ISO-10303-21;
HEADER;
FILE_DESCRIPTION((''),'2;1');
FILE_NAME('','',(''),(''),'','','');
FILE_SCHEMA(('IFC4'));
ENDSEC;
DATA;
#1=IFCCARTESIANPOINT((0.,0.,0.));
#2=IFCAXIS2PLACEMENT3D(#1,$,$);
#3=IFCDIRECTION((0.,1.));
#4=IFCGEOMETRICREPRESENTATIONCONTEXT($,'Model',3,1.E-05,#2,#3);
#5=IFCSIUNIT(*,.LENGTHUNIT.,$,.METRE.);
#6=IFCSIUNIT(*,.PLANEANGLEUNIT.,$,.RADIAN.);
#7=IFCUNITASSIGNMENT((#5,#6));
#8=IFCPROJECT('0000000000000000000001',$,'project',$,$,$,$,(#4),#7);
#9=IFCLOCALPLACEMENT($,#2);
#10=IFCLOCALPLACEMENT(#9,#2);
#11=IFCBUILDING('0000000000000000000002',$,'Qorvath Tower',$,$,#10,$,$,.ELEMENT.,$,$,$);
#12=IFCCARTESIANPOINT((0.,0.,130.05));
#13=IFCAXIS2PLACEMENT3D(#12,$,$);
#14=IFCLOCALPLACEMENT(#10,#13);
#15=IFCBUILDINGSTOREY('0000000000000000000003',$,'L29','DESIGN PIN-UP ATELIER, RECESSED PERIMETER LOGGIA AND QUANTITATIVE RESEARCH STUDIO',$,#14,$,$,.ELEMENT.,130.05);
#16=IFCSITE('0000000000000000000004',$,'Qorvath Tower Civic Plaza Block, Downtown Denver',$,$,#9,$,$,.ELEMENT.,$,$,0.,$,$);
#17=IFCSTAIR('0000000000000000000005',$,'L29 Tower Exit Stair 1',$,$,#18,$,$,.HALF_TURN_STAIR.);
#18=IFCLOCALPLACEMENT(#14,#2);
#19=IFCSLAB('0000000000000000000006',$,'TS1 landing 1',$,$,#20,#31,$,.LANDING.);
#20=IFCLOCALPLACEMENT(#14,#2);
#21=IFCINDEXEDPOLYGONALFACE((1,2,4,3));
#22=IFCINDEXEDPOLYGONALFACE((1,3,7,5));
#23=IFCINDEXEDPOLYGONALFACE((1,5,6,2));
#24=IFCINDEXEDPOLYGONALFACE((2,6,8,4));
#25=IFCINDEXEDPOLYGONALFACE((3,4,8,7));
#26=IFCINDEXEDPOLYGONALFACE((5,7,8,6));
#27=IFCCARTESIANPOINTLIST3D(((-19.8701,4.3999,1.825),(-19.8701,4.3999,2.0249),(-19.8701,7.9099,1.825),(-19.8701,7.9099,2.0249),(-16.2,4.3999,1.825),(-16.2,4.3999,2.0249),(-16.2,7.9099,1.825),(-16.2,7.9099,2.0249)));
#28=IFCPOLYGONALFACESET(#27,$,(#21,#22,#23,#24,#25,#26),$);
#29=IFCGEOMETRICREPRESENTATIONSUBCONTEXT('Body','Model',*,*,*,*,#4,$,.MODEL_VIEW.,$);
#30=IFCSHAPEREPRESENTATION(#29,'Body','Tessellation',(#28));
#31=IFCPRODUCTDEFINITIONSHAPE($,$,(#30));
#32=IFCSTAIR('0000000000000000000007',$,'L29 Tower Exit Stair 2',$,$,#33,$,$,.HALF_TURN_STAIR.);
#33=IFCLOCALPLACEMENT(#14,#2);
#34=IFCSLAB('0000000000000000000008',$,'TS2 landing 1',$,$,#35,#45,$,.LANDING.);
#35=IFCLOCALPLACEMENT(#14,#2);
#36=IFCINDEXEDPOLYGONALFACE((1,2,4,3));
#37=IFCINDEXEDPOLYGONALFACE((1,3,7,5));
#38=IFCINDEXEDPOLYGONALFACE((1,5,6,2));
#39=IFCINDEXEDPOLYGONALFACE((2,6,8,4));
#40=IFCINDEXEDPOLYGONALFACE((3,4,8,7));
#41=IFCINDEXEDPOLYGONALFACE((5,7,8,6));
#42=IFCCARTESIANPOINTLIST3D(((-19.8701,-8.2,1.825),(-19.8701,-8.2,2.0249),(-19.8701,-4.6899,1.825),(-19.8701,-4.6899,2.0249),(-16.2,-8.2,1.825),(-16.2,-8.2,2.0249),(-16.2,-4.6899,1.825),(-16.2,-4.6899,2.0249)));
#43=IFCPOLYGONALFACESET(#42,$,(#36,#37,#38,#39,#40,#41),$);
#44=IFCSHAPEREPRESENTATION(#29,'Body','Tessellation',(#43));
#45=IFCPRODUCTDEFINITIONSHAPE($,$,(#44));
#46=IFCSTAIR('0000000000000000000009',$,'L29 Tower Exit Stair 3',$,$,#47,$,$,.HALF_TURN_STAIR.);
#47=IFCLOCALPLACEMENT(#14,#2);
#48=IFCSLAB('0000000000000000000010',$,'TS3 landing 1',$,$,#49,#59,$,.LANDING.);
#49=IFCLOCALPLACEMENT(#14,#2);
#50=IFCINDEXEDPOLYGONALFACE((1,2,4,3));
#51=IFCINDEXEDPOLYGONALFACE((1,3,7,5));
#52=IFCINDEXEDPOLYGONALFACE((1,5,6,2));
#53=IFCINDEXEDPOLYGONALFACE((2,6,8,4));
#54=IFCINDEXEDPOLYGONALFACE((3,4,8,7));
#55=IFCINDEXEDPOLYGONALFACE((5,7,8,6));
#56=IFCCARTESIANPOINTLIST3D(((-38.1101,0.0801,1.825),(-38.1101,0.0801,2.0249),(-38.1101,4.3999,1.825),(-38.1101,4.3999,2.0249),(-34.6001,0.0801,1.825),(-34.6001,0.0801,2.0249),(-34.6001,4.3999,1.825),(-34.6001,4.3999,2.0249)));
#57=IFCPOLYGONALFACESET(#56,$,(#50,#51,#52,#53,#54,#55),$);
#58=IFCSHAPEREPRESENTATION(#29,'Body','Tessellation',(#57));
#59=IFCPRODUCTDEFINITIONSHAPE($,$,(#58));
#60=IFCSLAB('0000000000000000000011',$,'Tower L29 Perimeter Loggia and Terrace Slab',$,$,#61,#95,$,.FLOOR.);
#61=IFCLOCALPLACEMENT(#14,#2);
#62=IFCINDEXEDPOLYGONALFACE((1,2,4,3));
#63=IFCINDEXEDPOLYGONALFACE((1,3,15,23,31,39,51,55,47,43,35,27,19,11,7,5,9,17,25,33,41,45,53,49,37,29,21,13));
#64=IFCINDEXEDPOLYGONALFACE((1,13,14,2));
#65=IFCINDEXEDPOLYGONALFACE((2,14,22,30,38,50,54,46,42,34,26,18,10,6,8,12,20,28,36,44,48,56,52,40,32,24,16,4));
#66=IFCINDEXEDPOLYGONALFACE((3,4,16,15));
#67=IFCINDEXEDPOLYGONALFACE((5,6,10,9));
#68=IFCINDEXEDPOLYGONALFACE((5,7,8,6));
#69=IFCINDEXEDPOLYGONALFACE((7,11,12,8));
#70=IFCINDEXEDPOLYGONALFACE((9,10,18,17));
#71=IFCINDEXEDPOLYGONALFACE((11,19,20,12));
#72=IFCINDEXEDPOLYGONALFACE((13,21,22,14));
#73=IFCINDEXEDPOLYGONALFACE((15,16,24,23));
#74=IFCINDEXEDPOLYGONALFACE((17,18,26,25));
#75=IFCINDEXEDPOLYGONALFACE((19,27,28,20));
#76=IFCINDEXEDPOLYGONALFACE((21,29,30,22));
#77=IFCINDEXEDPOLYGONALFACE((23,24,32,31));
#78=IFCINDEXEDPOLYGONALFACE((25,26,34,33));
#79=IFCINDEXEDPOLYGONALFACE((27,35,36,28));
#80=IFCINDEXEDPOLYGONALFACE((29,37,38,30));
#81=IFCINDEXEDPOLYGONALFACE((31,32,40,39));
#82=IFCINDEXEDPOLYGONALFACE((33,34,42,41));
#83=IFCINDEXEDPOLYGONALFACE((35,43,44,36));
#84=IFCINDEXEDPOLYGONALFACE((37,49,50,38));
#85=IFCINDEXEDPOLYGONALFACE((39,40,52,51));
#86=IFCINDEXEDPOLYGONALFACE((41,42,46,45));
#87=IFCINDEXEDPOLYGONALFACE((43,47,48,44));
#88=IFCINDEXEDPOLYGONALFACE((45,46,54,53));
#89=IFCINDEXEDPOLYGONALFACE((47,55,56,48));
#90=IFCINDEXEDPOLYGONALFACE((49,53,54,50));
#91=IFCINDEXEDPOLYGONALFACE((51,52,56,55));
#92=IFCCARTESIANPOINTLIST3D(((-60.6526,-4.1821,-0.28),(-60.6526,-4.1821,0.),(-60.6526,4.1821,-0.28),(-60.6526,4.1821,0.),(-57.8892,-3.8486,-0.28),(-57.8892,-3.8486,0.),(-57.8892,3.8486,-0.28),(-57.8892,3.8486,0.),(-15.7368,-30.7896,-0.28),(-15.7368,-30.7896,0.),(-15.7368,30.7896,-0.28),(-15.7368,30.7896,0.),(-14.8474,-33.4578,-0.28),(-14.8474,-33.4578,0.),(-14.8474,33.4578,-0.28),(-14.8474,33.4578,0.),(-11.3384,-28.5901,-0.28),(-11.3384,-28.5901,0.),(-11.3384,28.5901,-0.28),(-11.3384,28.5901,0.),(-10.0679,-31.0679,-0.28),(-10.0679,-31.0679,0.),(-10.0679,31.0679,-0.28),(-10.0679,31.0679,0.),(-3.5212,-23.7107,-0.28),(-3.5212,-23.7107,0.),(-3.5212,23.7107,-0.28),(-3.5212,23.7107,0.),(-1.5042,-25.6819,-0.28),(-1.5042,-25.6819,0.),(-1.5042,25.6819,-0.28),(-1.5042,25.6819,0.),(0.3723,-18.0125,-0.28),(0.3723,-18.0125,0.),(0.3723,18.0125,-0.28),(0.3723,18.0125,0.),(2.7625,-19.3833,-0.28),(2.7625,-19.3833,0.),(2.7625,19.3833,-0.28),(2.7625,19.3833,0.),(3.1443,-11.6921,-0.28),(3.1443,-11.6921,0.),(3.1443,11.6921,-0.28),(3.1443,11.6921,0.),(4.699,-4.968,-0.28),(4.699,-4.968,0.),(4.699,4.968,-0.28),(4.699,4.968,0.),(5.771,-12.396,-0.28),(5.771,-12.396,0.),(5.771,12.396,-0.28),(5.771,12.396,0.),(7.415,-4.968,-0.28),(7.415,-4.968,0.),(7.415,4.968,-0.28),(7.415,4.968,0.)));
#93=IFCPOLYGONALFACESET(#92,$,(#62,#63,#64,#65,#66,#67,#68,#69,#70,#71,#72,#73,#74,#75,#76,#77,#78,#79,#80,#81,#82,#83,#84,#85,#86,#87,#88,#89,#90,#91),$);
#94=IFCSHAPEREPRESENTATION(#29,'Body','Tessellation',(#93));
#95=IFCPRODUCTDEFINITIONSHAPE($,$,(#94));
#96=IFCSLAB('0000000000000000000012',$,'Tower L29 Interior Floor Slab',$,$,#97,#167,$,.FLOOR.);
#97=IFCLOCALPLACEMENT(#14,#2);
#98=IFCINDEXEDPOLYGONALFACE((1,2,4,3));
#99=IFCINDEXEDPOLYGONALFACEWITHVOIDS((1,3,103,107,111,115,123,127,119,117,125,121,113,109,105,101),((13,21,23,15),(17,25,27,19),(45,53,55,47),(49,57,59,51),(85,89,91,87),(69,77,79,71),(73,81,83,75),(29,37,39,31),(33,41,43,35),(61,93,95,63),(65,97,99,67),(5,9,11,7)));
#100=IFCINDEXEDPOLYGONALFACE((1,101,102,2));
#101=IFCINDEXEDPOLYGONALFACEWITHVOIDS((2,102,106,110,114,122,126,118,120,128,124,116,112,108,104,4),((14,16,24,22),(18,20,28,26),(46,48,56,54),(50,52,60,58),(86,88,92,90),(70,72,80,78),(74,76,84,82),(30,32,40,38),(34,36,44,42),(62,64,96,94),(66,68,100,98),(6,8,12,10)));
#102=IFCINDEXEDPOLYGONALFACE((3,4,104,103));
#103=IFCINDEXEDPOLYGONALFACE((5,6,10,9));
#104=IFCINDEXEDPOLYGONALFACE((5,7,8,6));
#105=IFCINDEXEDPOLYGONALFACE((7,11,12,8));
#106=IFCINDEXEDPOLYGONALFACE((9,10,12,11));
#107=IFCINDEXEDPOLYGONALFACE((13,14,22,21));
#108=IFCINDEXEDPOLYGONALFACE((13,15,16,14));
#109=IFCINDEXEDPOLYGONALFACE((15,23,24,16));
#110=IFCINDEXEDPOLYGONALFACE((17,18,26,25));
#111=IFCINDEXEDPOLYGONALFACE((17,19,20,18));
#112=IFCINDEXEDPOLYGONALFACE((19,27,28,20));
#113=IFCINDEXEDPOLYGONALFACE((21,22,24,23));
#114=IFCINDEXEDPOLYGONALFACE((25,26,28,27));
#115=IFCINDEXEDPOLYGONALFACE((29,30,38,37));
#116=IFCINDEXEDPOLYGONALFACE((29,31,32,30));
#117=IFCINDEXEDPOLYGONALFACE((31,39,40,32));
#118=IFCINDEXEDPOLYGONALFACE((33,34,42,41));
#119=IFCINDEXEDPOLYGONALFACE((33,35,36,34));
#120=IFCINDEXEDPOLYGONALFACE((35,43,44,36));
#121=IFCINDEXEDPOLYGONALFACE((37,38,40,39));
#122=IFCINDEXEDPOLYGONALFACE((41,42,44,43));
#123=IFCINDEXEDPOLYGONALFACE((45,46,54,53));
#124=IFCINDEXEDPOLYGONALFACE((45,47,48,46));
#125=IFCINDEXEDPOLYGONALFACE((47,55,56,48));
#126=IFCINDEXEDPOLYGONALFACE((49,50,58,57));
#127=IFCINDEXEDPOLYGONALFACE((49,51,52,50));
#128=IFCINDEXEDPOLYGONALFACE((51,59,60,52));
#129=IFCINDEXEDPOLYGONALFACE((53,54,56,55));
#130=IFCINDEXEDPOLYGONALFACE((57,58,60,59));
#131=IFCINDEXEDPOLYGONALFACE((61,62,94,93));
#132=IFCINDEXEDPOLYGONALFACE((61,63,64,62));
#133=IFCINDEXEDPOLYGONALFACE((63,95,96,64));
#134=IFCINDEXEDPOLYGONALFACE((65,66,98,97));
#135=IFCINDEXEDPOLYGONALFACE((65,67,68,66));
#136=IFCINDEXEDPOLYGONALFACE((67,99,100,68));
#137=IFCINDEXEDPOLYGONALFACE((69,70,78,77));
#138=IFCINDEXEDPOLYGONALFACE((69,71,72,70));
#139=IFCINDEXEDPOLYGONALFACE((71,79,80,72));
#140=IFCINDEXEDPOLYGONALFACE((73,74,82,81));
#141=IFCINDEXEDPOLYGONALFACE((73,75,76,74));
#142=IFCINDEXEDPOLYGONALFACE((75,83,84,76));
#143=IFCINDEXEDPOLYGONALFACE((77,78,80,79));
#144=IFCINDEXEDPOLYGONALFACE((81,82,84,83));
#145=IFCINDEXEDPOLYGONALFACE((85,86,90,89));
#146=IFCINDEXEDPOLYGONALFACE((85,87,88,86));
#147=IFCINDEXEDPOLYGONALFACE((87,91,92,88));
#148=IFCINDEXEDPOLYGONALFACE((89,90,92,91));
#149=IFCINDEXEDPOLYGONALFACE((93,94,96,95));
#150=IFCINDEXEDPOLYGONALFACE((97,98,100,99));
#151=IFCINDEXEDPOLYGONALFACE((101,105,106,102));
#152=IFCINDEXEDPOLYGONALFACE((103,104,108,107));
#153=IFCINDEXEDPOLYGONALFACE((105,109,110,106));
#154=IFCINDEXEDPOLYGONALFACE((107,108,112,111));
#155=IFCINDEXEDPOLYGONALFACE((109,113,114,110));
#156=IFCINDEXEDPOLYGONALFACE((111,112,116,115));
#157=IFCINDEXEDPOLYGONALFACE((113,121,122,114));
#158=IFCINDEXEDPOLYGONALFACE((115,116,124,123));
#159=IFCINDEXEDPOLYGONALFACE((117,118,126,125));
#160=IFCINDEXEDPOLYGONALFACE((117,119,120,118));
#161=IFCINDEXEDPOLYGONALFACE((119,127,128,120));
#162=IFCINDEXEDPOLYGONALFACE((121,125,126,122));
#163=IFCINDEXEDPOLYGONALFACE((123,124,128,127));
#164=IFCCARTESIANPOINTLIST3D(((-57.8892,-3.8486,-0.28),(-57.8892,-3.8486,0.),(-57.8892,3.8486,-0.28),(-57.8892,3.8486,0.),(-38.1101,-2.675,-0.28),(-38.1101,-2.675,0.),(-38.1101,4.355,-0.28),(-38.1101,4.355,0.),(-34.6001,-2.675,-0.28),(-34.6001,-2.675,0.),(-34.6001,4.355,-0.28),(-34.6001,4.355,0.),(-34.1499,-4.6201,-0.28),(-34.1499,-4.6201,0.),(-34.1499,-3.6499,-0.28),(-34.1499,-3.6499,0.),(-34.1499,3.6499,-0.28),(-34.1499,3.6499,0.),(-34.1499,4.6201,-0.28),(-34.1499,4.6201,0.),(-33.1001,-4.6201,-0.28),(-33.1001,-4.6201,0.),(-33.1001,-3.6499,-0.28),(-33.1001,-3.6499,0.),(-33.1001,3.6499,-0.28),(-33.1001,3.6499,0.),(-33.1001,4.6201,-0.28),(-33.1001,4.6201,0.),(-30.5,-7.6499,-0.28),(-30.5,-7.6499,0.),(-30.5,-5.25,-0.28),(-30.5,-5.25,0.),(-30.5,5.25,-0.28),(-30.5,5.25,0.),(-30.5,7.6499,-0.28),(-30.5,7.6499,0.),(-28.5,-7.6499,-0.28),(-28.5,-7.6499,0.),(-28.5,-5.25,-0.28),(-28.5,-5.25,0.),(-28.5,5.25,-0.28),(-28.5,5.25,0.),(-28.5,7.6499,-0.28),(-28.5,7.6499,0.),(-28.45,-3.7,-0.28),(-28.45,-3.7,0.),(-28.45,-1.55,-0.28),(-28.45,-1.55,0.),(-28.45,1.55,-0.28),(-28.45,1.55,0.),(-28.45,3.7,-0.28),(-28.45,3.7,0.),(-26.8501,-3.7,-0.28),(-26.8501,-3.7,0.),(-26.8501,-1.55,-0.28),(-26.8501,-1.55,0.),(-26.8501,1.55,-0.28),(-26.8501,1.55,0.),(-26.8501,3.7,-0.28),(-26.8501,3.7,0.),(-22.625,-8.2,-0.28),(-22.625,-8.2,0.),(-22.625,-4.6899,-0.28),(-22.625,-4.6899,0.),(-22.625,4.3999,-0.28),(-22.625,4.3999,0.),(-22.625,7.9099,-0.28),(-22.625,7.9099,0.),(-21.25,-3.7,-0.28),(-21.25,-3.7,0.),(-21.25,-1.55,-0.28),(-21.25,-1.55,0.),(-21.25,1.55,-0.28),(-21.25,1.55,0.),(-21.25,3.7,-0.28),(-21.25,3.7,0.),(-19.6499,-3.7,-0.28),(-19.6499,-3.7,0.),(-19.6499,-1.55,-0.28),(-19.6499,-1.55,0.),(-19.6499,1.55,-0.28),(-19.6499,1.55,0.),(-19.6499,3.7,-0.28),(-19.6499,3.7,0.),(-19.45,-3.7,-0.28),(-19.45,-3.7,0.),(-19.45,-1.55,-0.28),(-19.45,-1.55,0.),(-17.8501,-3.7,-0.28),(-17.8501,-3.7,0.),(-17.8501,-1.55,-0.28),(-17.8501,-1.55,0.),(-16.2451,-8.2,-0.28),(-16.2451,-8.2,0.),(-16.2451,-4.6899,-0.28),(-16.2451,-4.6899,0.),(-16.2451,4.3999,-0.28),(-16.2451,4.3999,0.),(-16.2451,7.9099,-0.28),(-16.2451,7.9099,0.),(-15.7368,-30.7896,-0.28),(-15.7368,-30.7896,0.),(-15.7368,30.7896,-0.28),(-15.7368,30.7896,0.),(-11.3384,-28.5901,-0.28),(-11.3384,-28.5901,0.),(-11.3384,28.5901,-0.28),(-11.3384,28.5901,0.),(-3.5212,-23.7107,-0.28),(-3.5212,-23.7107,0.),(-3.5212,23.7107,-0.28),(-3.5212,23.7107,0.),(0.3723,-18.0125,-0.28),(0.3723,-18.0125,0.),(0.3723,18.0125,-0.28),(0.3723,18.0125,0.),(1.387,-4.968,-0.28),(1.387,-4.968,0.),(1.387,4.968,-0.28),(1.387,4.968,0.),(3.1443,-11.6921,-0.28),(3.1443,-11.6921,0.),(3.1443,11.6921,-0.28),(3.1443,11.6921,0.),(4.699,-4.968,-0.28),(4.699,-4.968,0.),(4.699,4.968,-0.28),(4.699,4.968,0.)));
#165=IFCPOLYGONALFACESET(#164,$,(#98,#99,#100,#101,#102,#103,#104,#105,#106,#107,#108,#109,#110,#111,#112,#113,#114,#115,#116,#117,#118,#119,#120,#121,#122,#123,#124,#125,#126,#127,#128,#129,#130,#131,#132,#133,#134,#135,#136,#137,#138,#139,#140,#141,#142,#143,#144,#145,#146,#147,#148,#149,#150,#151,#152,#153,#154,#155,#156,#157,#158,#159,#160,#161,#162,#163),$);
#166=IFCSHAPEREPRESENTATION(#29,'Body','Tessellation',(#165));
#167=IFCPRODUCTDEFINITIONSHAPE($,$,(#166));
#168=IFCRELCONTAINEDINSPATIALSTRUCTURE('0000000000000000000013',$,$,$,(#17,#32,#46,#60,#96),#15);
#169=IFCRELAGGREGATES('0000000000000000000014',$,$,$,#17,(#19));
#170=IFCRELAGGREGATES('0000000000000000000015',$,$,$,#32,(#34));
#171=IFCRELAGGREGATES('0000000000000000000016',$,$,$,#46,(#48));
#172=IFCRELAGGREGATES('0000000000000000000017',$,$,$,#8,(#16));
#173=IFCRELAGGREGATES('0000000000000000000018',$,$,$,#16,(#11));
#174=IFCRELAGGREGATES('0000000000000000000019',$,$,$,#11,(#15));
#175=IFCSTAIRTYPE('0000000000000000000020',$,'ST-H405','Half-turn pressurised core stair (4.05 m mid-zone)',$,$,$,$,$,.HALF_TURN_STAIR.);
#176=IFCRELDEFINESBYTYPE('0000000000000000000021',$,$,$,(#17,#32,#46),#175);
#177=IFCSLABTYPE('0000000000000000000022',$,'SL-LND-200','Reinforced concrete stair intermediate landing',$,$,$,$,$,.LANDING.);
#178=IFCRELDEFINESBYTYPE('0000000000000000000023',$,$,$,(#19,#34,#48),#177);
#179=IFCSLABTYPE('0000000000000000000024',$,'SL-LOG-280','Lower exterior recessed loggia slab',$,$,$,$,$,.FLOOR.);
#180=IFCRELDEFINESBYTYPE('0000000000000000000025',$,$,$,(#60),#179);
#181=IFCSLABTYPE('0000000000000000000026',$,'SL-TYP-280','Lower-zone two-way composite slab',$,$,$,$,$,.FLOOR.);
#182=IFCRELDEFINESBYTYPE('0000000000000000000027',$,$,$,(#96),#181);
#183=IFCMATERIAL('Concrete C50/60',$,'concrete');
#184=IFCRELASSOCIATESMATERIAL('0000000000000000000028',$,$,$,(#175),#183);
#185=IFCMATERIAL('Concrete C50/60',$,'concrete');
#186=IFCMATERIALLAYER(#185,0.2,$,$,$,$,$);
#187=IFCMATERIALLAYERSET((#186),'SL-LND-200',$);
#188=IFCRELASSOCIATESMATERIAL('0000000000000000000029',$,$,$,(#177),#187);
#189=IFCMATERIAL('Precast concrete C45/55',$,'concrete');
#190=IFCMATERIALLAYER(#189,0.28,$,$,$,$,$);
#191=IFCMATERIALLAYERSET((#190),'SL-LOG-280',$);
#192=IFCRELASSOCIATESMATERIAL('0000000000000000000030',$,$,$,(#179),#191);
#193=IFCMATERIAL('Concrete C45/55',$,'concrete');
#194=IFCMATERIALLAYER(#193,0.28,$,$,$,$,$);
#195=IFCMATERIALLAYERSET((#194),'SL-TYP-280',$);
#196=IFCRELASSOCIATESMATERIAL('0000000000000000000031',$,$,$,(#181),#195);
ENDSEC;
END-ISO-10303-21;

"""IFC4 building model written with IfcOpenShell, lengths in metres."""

from ifc_helpers import new_model, si_unit, direction, frame, origin, place, context, subcontext, project, spatial, polyline, outline, extrude, material, layer, layer_set, type_object, element, aggregate, save


model = new_model("IFC4")

# Units and contexts
model_context = context("Model", 3, precision=1e-05, world=origin(), true_north=direction((0.0, 1.0)))
body_context = subcontext(model_context, "Body", "Model", "MODEL_VIEW")
ifc_project = project(units=[si_unit("LENGTHUNIT", "METRE"), si_unit("PLANEANGLEUNIT", "RADIAN")], contexts=[model_context])

# Site, building, storey
site_placement = place(None, origin())
site = spatial("IfcSite", under=ifc_project, at=site_placement, Name="Qorvath Tower Civic Plaza Block, Downtown Denver", CompositionType="ELEMENT", RefElevation=0.0)
building_placement = place(site_placement, origin())
building = spatial("IfcBuilding", under=site, at=building_placement, Name="Qorvath Tower", CompositionType="ELEMENT")
storey_placement = place(building_placement, frame((0.0, 0.0, 130.05)))
storey = spatial("IfcBuildingStorey", under=building, at=storey_placement, Name="L29", Description="DESIGN PIN-UP ATELIER, RECESSED PERIMETER LOGGIA AND QUANTITATIVE RESEARCH STUDIO", CompositionType="ELEMENT", Elevation=130.05)

# Stairs, slabs
ifc_material_1 = material(Name="Concrete C50/60", Category="concrete")
stair_type = type_object("IfcStairType", Name="ST-H405", Description="Half-turn pressurised core stair (4.05 m mid-zone)", PredefinedType="HALF_TURN_STAIR", material=ifc_material_1)
stair_1_placement = place(storey_placement, origin())
stair_1 = element("IfcStair", 1, at=stair_1_placement, inside=storey, type_object=stair_type, Name="L29 Tower Exit Stair 1", PredefinedType="HALF_TURN_STAIR")
ifc_material_2 = material(Name="Concrete C50/60", Category="concrete")
ifc_layer_1 = layer(ifc_material_2, 0.2)
ifc_layer_set_1 = layer_set([ifc_layer_1], Name="SL-LND-200")
slab_type_1 = type_object("IfcSlabType", Name="SL-LND-200", Description="Reinforced concrete stair intermediate landing", PredefinedType="LANDING", material=ifc_layer_set_1)
slab_1_placement = place(storey_placement, frame((0.0, 0.0, 1.825)))
slab_1 = element("IfcSlab", 2, at=slab_1_placement, type_object=slab_type_1, Name="TS1 landing 1", PredefinedType="LANDING", context=body_context, shape_type="SweptSolid", body=[
    extrude(outline(polyline([(-19.8701, 4.3999), (-16.2, 4.3999), (-16.2, 7.9099), (-19.8701, 7.9099), (-19.8701, 4.3999)])), origin(), (0.0, 0.0, 1.0), 0.2),
])
aggregate(stair_1, [slab_1])
stair_2_placement = place(storey_placement, origin())
stair_2 = element("IfcStair", 3, at=stair_2_placement, inside=storey, type_object=stair_type, Name="L29 Tower Exit Stair 2", PredefinedType="HALF_TURN_STAIR")
slab_2_placement = place(storey_placement, frame((0.0, 0.0, 1.825)))
slab_2 = element("IfcSlab", 4, at=slab_2_placement, type_object=slab_type_1, Name="TS2 landing 1", PredefinedType="LANDING", context=body_context, shape_type="SweptSolid", body=[
    extrude(outline(polyline([(-19.8701, -8.2), (-16.2, -8.2), (-16.2, -4.6899), (-19.8701, -4.6899), (-19.8701, -8.2)])), origin(), (0.0, 0.0, 1.0), 0.2),
])
aggregate(stair_2, [slab_2])
stair_3_placement = place(storey_placement, origin())
stair_3 = element("IfcStair", 5, at=stair_3_placement, inside=storey, type_object=stair_type, Name="L29 Tower Exit Stair 3", PredefinedType="HALF_TURN_STAIR")
slab_3_placement = place(storey_placement, frame((0.0, 0.0, 1.825)))
slab_3 = element("IfcSlab", 6, at=slab_3_placement, type_object=slab_type_1, Name="TS3 landing 1", PredefinedType="LANDING", context=body_context, shape_type="SweptSolid", body=[
    extrude(outline(polyline([(-34.6001, 0.0801), (-34.6001, 4.3999), (-38.1101, 4.3999), (-38.1101, 0.0801), (-34.6001, 0.0801)])), origin(), (0.0, 0.0, 1.0), 0.2),
])
aggregate(stair_3, [slab_3])

# Slabs
ifc_material_3 = material(Name="Precast concrete C45/55", Category="concrete")
ifc_layer_2 = layer(ifc_material_3, 0.28)
ifc_layer_set_2 = layer_set([ifc_layer_2], Name="SL-LOG-280")
slab_type_2 = type_object("IfcSlabType", Name="SL-LOG-280", Description="Lower exterior recessed loggia slab", PredefinedType="FLOOR", material=ifc_layer_set_2)
slab_4_placement = place(storey_placement, frame((0.0, 0.0, -0.28)))
element("IfcSlab", 7, at=slab_4_placement, inside=storey, type_object=slab_type_2, Name="Tower L29 Perimeter Loggia and Terrace Slab", PredefinedType="FLOOR", context=body_context, shape_type="SweptSolid", body=[
    extrude(outline(polyline([(4.699, -4.968), (3.1443, -11.6921), (0.3723, -18.0125), (-3.5212, -23.7107), (-11.3384, -28.5901), (-15.7368, -30.7896), (-57.8892, -3.8486), (-57.8892, 3.8486), (-15.7368, 30.7896), (-11.3384, 28.5901), (-3.5212, 23.7107), (0.3723, 18.0125), (3.1443, 11.6921), (4.699, 4.968), (7.415, 4.968), (5.771, 12.396), (2.7625, 19.3833), (-1.5042, 25.6819), (-10.0679, 31.0679), (-14.8474, 33.4578), (-60.6526, 4.1821), (-60.6526, -4.1821), (-14.8474, -33.4578), (-10.0679, -31.0679), (-1.5042, -25.6819), (2.7625, -19.3833), (5.771, -12.396), (7.415, -4.968), (4.699, -4.968)])), origin(), (0.0, 0.0, 1.0), 0.28),
])
ifc_material_4 = material(Name="Concrete C45/55", Category="concrete")
ifc_layer_3 = layer(ifc_material_4, 0.28)
ifc_layer_set_3 = layer_set([ifc_layer_3], Name="SL-TYP-280")
slab_type_3 = type_object("IfcSlabType", Name="SL-TYP-280", Description="Lower-zone two-way composite slab", PredefinedType="FLOOR", material=ifc_layer_set_3)
slab_5_placement = place(storey_placement, frame((0.0, 0.0, -0.28)))
element("IfcSlab", 8, at=slab_5_placement, inside=storey, type_object=slab_type_3, Name="Tower L29 Interior Floor Slab", PredefinedType="FLOOR", context=body_context, shape_type="SweptSolid", body=[
    extrude(outline(polyline([(-57.8892, 3.8486), (-57.8892, -3.8486), (-15.7368, -30.7896), (-11.3384, -28.5901), (-3.5212, -23.7107), (0.3723, -18.0125), (3.1443, -11.6921), (4.699, -4.968), (1.387, -4.968), (1.387, 4.968), (4.699, 4.968), (3.1443, 11.6921), (0.3723, 18.0125), (-3.5212, 23.7107), (-11.3384, 28.5901), (-15.7368, 30.7896), (-57.8892, 3.8486)]), holes=[polyline([(-16.2451, -8.2), (-22.625, -8.2), (-22.625, -4.6899), (-16.2451, -4.6899), (-16.2451, -8.2)]), polyline([(-22.625, 4.3999), (-22.625, 7.9099), (-16.2451, 7.9099), (-16.2451, 4.3999), (-22.625, 4.3999)]), polyline([(-17.8501, -3.7), (-19.45, -3.7), (-19.45, -1.55), (-17.8501, -1.55), (-17.8501, -3.7)]), polyline([(-21.25, -3.7), (-21.25, -1.55), (-19.6499, -1.55), (-19.6499, -3.7), (-21.25, -3.7)]), polyline([(-21.25, 1.55), (-21.25, 3.7), (-19.6499, 3.7), (-19.6499, 1.55), (-21.25, 1.55)]), polyline([(-28.45, -3.7), (-28.45, -1.55), (-26.8501, -1.55), (-26.8501, -3.7), (-28.45, -3.7)]), polyline([(-26.8501, 1.55), (-28.45, 1.55), (-28.45, 3.7), (-26.8501, 3.7), (-26.8501, 1.55)]), polyline([(-28.5, -7.6499), (-30.5, -7.6499), (-30.5, -5.25), (-28.5, -5.25), (-28.5, -7.6499)]), polyline([(-30.5, 5.25), (-30.5, 7.6499), (-28.5, 7.6499), (-28.5, 5.25), (-30.5, 5.25)]), polyline([(-34.1499, -4.6201), (-34.1499, -3.6499), (-33.1001, -3.6499), (-33.1001, -4.6201), (-34.1499, -4.6201)]), polyline([(-34.1499, 3.6499), (-34.1499, 4.6201), (-33.1001, 4.6201), (-33.1001, 3.6499), (-34.1499, 3.6499)]), polyline([(-34.6001, -2.675), (-38.1101, -2.675), (-38.1101, 4.355), (-34.6001, 4.355), (-34.6001, -2.675)])]), origin(), (0.0, 0.0, 1.0), 0.28),
])

save(model, "model.ifc")
